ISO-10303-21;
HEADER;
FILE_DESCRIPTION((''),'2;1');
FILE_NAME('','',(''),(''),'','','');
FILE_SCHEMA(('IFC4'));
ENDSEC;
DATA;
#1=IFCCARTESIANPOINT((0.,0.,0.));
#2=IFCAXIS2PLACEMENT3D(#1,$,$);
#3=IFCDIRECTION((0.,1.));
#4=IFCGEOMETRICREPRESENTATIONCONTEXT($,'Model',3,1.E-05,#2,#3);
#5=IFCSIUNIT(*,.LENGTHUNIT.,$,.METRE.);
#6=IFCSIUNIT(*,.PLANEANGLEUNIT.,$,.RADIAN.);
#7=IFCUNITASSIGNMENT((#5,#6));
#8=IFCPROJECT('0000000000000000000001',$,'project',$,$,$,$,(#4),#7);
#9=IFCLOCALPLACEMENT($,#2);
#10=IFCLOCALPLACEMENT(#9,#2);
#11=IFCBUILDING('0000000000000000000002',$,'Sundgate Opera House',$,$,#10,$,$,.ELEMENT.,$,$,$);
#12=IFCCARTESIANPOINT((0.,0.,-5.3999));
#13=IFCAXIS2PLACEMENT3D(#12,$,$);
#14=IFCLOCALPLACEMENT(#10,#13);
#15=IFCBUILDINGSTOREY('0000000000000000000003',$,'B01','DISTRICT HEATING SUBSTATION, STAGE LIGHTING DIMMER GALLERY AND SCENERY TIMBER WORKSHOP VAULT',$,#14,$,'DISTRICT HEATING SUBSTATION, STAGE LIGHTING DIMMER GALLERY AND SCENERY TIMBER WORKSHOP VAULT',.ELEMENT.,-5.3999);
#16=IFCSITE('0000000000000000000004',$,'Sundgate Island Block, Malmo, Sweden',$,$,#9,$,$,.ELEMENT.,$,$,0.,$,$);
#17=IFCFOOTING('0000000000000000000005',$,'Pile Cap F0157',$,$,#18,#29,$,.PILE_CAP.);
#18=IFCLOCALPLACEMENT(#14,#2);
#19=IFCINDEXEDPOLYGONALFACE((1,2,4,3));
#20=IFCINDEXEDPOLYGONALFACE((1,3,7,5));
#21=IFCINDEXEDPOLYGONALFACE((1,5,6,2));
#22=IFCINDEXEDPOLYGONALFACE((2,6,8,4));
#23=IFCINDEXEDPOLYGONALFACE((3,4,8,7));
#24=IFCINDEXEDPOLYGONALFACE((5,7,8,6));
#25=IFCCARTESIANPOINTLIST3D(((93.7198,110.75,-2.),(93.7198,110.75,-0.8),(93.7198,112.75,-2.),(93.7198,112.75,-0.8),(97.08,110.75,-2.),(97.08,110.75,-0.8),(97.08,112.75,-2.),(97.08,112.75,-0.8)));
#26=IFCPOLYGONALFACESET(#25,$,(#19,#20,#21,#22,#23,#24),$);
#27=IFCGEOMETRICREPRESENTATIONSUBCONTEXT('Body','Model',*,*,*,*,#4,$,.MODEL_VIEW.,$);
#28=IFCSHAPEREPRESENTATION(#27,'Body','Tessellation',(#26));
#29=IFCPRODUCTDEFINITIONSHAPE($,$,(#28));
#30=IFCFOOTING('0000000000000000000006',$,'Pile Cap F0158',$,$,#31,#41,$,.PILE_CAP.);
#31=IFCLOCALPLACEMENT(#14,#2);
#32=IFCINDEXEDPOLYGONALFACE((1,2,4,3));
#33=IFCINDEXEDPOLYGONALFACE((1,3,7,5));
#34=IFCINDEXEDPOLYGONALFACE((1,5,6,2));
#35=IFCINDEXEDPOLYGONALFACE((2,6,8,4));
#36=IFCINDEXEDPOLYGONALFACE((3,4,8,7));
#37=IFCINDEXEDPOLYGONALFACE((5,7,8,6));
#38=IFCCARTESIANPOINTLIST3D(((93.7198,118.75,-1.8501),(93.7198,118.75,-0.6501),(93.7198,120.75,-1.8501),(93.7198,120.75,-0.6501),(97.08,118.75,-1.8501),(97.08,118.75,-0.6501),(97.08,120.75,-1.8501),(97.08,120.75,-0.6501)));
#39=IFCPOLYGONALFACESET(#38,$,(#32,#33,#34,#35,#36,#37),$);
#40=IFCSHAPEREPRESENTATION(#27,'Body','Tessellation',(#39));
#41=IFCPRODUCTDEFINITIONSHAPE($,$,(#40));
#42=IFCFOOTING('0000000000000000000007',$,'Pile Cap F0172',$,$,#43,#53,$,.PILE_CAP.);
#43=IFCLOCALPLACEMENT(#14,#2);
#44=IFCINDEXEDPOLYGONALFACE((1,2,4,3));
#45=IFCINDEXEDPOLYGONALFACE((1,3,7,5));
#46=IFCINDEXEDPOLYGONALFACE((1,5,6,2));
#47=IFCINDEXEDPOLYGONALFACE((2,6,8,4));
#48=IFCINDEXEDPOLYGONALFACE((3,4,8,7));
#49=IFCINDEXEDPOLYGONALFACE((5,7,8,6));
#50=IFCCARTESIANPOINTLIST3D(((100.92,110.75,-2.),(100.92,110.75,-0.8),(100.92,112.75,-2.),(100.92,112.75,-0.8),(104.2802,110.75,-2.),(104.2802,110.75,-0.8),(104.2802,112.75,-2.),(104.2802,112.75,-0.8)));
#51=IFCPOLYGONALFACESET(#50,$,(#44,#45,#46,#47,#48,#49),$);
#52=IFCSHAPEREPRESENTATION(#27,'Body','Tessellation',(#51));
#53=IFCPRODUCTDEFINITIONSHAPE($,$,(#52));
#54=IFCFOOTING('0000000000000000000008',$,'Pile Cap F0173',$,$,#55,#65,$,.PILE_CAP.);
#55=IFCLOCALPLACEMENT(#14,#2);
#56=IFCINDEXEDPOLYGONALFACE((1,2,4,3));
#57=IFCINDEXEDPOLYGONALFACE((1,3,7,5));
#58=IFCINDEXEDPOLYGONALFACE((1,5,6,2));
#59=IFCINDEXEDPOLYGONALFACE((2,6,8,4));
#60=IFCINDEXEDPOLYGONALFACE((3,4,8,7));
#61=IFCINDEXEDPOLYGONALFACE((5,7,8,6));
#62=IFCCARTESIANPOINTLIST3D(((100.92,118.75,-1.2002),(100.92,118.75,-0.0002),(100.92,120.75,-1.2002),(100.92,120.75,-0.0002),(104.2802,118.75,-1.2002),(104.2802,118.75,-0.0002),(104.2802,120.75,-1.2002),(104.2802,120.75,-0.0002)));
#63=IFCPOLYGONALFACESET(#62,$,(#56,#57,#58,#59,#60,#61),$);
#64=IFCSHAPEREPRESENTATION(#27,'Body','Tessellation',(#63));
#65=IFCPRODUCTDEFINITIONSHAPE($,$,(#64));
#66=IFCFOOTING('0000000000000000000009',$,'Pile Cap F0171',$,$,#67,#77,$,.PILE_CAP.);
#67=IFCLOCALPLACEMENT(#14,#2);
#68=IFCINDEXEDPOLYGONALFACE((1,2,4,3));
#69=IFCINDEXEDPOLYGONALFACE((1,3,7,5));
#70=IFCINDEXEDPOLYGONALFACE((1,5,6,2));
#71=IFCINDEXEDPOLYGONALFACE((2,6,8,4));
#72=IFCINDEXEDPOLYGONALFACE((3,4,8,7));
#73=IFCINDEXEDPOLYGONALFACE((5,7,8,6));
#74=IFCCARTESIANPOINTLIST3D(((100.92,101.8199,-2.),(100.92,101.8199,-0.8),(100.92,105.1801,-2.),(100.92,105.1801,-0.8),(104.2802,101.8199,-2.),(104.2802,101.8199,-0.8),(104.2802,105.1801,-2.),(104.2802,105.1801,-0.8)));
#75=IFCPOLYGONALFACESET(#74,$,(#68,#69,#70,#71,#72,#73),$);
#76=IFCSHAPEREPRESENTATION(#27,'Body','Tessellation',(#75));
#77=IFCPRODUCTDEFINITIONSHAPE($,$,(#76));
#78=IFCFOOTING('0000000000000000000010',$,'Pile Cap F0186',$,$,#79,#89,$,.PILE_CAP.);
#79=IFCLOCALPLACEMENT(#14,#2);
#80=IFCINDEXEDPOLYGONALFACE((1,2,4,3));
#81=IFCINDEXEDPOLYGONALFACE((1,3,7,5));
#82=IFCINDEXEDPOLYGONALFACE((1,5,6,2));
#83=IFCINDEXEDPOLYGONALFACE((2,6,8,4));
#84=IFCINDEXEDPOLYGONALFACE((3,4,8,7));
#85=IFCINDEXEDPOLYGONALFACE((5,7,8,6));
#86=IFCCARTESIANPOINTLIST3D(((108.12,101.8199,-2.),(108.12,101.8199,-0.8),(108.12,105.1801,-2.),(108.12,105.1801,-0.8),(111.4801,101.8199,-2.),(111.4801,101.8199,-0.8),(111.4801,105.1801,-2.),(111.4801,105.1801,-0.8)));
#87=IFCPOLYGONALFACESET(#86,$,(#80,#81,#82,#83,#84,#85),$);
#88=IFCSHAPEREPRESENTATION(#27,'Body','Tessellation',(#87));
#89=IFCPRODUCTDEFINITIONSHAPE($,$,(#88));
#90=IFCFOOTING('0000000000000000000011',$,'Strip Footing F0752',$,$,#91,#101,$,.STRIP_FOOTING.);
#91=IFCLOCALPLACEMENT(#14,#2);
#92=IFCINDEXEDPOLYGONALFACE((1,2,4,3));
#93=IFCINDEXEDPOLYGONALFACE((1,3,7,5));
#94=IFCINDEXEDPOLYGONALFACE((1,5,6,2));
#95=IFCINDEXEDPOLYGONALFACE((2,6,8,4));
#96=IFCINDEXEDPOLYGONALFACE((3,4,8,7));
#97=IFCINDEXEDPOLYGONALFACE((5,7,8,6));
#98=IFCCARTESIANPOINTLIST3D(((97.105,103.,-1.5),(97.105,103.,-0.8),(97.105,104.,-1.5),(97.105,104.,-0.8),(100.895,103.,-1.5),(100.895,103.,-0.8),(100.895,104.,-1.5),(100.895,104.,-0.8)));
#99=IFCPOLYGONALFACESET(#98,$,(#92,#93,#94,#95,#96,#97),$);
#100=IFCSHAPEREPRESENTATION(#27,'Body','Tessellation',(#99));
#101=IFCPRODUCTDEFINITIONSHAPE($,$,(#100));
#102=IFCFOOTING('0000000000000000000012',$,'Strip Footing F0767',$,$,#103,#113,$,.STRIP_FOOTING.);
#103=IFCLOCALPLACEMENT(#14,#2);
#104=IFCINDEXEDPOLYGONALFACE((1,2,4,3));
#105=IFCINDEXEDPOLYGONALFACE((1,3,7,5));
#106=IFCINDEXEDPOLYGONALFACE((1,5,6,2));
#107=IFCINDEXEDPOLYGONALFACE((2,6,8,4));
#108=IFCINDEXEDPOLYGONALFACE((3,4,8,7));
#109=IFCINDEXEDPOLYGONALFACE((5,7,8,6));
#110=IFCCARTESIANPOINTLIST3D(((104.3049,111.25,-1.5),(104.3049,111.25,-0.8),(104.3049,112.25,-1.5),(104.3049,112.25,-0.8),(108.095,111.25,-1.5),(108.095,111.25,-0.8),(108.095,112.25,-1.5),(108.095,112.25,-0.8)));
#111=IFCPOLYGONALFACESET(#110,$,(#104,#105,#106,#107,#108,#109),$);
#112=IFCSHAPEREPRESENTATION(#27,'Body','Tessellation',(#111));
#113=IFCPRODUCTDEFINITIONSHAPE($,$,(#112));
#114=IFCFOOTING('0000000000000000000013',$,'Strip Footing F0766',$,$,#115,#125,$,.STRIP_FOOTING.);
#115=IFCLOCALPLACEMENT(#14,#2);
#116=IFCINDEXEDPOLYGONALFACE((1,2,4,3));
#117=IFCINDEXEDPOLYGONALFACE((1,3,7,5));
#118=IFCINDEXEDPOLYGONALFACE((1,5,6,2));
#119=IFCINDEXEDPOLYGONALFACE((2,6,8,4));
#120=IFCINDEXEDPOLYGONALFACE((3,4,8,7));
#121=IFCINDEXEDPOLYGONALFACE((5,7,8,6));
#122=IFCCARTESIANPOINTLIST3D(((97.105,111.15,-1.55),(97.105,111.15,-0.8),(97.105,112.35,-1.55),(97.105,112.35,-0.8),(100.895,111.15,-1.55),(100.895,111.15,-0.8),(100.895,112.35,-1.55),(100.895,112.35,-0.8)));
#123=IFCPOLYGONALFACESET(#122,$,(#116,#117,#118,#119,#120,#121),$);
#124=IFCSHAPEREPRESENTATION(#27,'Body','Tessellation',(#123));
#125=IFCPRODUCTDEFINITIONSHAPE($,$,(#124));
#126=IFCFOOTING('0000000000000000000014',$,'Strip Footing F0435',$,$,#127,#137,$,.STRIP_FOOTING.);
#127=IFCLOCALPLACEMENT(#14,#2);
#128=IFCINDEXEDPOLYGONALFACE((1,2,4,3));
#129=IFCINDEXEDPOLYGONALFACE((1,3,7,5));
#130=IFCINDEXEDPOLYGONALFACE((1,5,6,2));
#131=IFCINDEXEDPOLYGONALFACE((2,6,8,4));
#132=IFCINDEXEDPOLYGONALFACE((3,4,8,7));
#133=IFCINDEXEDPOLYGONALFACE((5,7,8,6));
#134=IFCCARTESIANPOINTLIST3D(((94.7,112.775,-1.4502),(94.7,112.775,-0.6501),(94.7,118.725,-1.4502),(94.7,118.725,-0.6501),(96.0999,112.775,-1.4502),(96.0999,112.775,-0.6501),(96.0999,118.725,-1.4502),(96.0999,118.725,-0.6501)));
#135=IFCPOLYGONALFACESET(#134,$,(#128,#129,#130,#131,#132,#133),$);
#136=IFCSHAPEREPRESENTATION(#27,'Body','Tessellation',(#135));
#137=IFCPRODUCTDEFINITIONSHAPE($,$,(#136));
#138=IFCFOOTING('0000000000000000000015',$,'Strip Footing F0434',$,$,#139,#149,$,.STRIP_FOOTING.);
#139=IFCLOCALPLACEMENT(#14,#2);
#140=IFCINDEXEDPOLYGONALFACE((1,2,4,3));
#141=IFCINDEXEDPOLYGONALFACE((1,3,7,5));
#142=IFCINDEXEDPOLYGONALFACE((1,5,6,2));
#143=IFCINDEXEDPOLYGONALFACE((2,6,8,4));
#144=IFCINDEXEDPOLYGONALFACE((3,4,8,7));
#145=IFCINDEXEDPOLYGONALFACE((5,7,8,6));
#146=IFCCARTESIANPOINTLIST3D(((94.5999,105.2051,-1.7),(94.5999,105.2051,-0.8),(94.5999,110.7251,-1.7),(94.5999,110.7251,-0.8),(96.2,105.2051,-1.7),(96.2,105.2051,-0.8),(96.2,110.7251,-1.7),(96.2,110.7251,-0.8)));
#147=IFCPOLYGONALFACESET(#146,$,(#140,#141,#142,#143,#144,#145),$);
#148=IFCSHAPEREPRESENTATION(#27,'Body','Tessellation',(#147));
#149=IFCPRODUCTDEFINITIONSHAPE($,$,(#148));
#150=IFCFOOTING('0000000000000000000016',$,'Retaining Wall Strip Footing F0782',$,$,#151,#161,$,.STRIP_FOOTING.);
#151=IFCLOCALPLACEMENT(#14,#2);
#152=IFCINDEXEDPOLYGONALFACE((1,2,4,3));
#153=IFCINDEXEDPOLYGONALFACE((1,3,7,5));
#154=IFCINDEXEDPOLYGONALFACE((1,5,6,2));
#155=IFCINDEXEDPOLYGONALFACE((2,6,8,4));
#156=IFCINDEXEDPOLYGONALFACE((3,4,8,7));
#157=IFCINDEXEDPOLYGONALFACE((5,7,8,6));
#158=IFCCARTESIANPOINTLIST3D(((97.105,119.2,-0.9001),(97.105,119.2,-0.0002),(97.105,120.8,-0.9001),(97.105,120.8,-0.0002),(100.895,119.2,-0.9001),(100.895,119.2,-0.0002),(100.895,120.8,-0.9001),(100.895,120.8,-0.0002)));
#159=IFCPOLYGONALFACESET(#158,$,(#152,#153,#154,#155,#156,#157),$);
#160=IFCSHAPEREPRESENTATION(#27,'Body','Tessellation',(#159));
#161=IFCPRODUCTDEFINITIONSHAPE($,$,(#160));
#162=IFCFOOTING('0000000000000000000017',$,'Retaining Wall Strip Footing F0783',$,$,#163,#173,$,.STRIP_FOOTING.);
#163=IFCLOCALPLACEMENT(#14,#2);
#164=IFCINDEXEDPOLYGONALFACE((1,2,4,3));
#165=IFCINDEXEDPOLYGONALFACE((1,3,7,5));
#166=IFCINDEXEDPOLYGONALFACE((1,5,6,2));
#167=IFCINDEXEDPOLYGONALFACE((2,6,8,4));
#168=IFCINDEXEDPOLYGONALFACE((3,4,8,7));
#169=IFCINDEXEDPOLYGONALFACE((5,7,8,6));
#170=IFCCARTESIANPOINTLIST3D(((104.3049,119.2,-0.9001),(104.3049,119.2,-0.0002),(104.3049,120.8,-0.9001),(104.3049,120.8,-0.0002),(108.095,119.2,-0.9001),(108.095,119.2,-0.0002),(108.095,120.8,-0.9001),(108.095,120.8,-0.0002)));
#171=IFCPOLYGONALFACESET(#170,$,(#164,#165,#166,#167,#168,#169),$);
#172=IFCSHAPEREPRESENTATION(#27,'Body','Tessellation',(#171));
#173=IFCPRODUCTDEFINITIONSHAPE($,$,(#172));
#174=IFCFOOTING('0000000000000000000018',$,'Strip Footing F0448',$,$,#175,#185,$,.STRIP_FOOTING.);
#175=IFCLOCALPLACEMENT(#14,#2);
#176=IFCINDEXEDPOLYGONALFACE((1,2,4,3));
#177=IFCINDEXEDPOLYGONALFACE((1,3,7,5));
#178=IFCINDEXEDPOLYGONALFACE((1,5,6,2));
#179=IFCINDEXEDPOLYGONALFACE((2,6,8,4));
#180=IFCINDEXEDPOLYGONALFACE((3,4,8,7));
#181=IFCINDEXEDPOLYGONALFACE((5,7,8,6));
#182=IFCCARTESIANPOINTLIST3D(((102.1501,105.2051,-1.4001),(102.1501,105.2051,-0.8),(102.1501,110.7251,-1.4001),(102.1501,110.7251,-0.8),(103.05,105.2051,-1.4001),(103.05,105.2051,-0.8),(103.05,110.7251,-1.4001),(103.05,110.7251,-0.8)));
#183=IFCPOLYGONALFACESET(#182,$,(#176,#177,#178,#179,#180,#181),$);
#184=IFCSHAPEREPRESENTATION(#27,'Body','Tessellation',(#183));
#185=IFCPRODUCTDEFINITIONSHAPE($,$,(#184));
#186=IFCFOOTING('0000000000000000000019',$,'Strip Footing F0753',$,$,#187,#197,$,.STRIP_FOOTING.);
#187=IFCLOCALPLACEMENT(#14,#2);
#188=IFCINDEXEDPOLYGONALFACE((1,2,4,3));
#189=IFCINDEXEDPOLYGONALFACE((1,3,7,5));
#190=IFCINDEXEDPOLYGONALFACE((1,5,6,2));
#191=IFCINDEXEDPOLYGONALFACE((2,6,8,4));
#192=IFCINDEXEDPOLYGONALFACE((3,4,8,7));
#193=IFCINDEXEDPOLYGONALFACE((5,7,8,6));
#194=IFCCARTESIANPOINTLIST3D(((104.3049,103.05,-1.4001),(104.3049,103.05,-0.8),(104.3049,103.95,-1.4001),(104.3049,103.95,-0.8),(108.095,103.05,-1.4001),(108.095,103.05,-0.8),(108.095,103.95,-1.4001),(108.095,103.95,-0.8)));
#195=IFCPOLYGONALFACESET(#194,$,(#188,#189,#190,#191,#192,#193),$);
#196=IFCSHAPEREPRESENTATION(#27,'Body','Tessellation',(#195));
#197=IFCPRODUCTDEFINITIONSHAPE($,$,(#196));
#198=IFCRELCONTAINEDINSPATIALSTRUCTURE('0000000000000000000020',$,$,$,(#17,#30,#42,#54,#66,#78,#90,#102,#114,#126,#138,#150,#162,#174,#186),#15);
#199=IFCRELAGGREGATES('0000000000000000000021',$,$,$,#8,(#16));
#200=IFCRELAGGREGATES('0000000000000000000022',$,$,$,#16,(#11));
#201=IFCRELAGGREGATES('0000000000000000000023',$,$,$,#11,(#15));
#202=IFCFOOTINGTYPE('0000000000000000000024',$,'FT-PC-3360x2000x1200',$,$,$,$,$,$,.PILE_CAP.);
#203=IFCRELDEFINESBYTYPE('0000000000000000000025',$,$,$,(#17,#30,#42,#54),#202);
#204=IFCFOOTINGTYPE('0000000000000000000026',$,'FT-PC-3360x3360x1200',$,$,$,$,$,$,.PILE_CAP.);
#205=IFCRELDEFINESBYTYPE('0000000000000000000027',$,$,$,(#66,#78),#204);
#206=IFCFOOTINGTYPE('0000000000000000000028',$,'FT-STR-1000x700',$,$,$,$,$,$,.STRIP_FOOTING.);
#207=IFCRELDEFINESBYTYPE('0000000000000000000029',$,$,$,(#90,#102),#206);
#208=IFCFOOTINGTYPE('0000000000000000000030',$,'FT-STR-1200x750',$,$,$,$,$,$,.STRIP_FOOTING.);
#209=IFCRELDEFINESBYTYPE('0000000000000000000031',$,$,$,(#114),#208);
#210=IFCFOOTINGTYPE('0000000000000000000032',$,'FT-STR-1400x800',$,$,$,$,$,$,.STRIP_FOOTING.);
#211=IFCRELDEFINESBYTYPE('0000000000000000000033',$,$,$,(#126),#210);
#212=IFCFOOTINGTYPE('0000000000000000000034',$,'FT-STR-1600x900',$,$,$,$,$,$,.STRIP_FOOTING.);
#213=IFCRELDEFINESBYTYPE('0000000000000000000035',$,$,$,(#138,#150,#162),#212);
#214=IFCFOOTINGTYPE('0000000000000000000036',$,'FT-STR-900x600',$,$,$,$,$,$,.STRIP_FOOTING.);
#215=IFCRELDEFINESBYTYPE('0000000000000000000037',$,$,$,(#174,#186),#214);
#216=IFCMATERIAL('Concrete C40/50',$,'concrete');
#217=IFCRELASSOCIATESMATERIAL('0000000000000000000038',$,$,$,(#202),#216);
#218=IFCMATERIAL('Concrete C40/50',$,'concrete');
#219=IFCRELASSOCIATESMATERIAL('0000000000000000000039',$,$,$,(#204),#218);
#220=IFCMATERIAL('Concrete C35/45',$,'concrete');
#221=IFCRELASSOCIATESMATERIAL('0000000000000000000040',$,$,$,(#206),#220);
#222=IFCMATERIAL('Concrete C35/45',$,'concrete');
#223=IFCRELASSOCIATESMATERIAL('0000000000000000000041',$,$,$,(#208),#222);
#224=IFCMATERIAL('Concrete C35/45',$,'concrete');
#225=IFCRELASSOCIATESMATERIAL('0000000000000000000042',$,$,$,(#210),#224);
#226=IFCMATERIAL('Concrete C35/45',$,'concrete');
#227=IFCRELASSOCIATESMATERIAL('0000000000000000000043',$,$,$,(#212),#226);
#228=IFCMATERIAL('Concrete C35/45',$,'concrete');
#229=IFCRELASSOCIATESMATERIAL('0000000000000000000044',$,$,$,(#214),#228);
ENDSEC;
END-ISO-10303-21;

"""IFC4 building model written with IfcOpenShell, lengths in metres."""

from ifc_helpers import new_model, si_unit, direction, frame, origin, origin_2d, place, context, subcontext, project, spatial, rectangle, extrude, material, type_object, element, save


model = new_model("IFC4")

# Units and contexts
model_context = context("Model", 3, precision=1e-05, world=origin(), true_north=direction((0.0, 1.0)))
body_context = subcontext(model_context, "Body", "Model", "MODEL_VIEW")
ifc_project = project(units=[si_unit("LENGTHUNIT", "METRE"), si_unit("PLANEANGLEUNIT", "RADIAN")], contexts=[model_context])

# Site, building, storey
site_placement = place(None, origin())
site = spatial("IfcSite", under=ifc_project, at=site_placement, Name="Sundgate Island Block, Malmo, Sweden", CompositionType="ELEMENT", RefElevation=0.0)
building_placement = place(site_placement, origin())
building = spatial("IfcBuilding", under=site, at=building_placement, Name="Sundgate Opera House", CompositionType="ELEMENT")
storey_placement = place(building_placement, frame((0.0, 0.0, -5.3999)))
storey = spatial("IfcBuildingStorey", under=building, at=storey_placement, Name="B01", Description="DISTRICT HEATING SUBSTATION, STAGE LIGHTING DIMMER GALLERY AND SCENERY TIMBER WORKSHOP VAULT", LongName="DISTRICT HEATING SUBSTATION, STAGE LIGHTING DIMMER GALLERY AND SCENERY TIMBER WORKSHOP VAULT", CompositionType="ELEMENT", Elevation=-5.3999)

# Footings
ifc_material_1 = material(Name="Concrete C40/50", Category="concrete")
footing_type_1 = type_object("IfcFootingType", Name="FT-PC-3360x2000x1200", PredefinedType="PILE_CAP", material=ifc_material_1)
for number, where, z_axis, x_axis, name in (
    (1, (95.3999, 111.75, -2.0), (0.0, 0.0, 1.0), (1.0, 0.0, 0.0), "Pile Cap F0157"),
    (2, (95.3999, 119.75, -1.8501), (0.0, 0.0, 1.0), (1.0, 0.0, 0.0), "Pile Cap F0158"),
    (3, (102.6001, 111.75, -2.0), (0.0, 0.0, 1.0), (1.0, 0.0, 0.0), "Pile Cap F0172"),
    (4, (102.6001, 119.75, -1.2002), (0.0, 0.0, 1.0), (1.0, 0.0, 0.0), "Pile Cap F0173"),
):
    element("IfcFooting", number, at=place(storey_placement, frame(where, z_axis=z_axis, x_axis=x_axis)), inside=storey, type_object=footing_type_1, Name=name, PredefinedType="PILE_CAP", context=body_context, shape_type="SweptSolid", body=[
        extrude(rectangle(XDim=3.3601, YDim=2.0, at=origin_2d()), origin(), (0.0, 0.0, 1.0), 1.2),
    ])
ifc_material_2 = material(Name="Concrete C40/50", Category="concrete")
footing_type_2 = type_object("IfcFootingType", Name="FT-PC-3360x3360x1200", PredefinedType="PILE_CAP", material=ifc_material_2)
for number, where, z_axis, x_axis, name in (
    (5, (102.6001, 103.5, -2.0), (0.0, 0.0, 1.0), (1.0, 0.0, 0.0), "Pile Cap F0171"),
    (6, (109.8, 103.5, -2.0), (0.0, 0.0, 1.0), (1.0, 0.0, 0.0), "Pile Cap F0186"),
):
    element("IfcFooting", number, at=place(storey_placement, frame(where, z_axis=z_axis, x_axis=x_axis)), inside=storey, type_object=footing_type_2, Name=name, PredefinedType="PILE_CAP", context=body_context, shape_type="SweptSolid", body=[
        extrude(rectangle(XDim=3.3601, YDim=3.3601, at=origin_2d()), origin(), (0.0, 0.0, 1.0), 1.2),
    ])
ifc_material_3 = material(Name="Concrete C35/45", Category="concrete")
footing_type_3 = type_object("IfcFootingType", Name="FT-STR-1000x700", PredefinedType="STRIP_FOOTING", material=ifc_material_3)
for number, where, z_axis, x_axis, name in (
    (7, (99.0, 103.5, -1.5), (0.0, 0.0, 1.0), (1.0, 0.0, 0.0), "Strip Footing F0752"),
    (8, (106.2, 111.75, -1.5), (0.0, 0.0, 1.0), (1.0, 0.0, 0.0), "Strip Footing F0767"),
):
    element("IfcFooting", number, at=place(storey_placement, frame(where, z_axis=z_axis, x_axis=x_axis)), inside=storey, type_object=footing_type_3, Name=name, PredefinedType="STRIP_FOOTING", context=body_context, shape_type="SweptSolid", body=[
        extrude(rectangle(XDim=3.79, YDim=1.0, at=origin_2d()), origin(), (0.0, 0.0, 1.0), 0.7),
    ])
ifc_material_4 = material(Name="Concrete C35/45", Category="concrete")
footing_type_4 = type_object("IfcFootingType", Name="FT-STR-1200x750", PredefinedType="STRIP_FOOTING", material=ifc_material_4)
footing_1_placement = place(storey_placement, frame((99.0, 111.75, -1.55), z_axis=(0.0, 0.0, 1.0), x_axis=(1.0, 0.0, 0.0)))
element("IfcFooting", 9, at=footing_1_placement, inside=storey, type_object=footing_type_4, Name="Strip Footing F0766", PredefinedType="STRIP_FOOTING", context=body_context, shape_type="SweptSolid", body=[
    extrude(rectangle(XDim=3.79, YDim=1.2, at=origin_2d()), origin(), (0.0, 0.0, 1.0), 0.75),
])
ifc_material_5 = material(Name="Concrete C35/45", Category="concrete")
footing_type_5 = type_object("IfcFootingType", Name="FT-STR-1400x800", PredefinedType="STRIP_FOOTING", material=ifc_material_5)
footing_2_placement = place(storey_placement, frame((95.3999, 115.75, -1.4502), z_axis=(0.0, 0.0, 1.0), x_axis=(1.0, 0.0, 0.0)))
element("IfcFooting", 10, at=footing_2_placement, inside=storey, type_object=footing_type_5, Name="Strip Footing F0435", PredefinedType="STRIP_FOOTING", context=body_context, shape_type="SweptSolid", body=[
    extrude(rectangle(XDim=1.3999, YDim=5.95, at=origin_2d()), origin(), (0.0, 0.0, 1.0), 0.8),
])
ifc_material_6 = material(Name="Concrete C35/45", Category="concrete")
footing_type_6 = type_object("IfcFootingType", Name="FT-STR-1600x900", PredefinedType="STRIP_FOOTING", material=ifc_material_6)
footing_3_placement = place(storey_placement, frame((95.3999, 107.9651, -1.7), z_axis=(0.0, 0.0, 1.0), x_axis=(1.0, 0.0, 0.0)))
element("IfcFooting", 11, at=footing_3_placement, inside=storey, type_object=footing_type_6, Name="Strip Footing F0434", PredefinedType="STRIP_FOOTING", context=body_context, shape_type="SweptSolid", body=[
    extrude(rectangle(XDim=1.6001, YDim=5.52, at=origin_2d()), origin(), (0.0, 0.0, 1.0), 0.8999),
])
for number, where, z_axis, x_axis, name in (
    (12, (99.0, 120.0, -0.9001), (0.0, 0.0, 1.0), (1.0, 0.0, 0.0), "Retaining Wall Strip Footing F0782"),
    (13, (106.2, 120.0, -0.9001), (0.0, 0.0, 1.0), (1.0, 0.0, 0.0), "Retaining Wall Strip Footing F0783"),
):
    element("IfcFooting", number, at=place(storey_placement, frame(where, z_axis=z_axis, x_axis=x_axis)), inside=storey, type_object=footing_type_6, Name=name, PredefinedType="STRIP_FOOTING", context=body_context, shape_type="SweptSolid", body=[
        extrude(rectangle(XDim=3.79, YDim=1.6001, at=origin_2d()), origin(), (0.0, 0.0, 1.0), 0.8999),
    ])
ifc_material_7 = material(Name="Concrete C35/45", Category="concrete")
footing_type_7 = type_object("IfcFootingType", Name="FT-STR-900x600", PredefinedType="STRIP_FOOTING", material=ifc_material_7)
footing_4_placement = place(storey_placement, frame((102.6001, 107.9651, -1.4001), z_axis=(0.0, 0.0, 1.0), x_axis=(1.0, 0.0, 0.0)))
element("IfcFooting", 14, at=footing_4_placement, inside=storey, type_object=footing_type_7, Name="Strip Footing F0448", PredefinedType="STRIP_FOOTING", context=body_context, shape_type="SweptSolid", body=[
    extrude(rectangle(XDim=0.8999, YDim=5.52, at=origin_2d()), origin(), (0.0, 0.0, 1.0), 0.6001),
])
footing_5_placement = place(storey_placement, frame((106.2, 103.5, -1.4001), z_axis=(0.0, 0.0, 1.0), x_axis=(1.0, 0.0, 0.0)))
element("IfcFooting", 15, at=footing_5_placement, inside=storey, type_object=footing_type_7, Name="Strip Footing F0753", PredefinedType="STRIP_FOOTING", context=body_context, shape_type="SweptSolid", body=[
    extrude(rectangle(XDim=3.79, YDim=0.8999, at=origin_2d()), origin(), (0.0, 0.0, 1.0), 0.6001),
])

save(model, "model.ifc")
